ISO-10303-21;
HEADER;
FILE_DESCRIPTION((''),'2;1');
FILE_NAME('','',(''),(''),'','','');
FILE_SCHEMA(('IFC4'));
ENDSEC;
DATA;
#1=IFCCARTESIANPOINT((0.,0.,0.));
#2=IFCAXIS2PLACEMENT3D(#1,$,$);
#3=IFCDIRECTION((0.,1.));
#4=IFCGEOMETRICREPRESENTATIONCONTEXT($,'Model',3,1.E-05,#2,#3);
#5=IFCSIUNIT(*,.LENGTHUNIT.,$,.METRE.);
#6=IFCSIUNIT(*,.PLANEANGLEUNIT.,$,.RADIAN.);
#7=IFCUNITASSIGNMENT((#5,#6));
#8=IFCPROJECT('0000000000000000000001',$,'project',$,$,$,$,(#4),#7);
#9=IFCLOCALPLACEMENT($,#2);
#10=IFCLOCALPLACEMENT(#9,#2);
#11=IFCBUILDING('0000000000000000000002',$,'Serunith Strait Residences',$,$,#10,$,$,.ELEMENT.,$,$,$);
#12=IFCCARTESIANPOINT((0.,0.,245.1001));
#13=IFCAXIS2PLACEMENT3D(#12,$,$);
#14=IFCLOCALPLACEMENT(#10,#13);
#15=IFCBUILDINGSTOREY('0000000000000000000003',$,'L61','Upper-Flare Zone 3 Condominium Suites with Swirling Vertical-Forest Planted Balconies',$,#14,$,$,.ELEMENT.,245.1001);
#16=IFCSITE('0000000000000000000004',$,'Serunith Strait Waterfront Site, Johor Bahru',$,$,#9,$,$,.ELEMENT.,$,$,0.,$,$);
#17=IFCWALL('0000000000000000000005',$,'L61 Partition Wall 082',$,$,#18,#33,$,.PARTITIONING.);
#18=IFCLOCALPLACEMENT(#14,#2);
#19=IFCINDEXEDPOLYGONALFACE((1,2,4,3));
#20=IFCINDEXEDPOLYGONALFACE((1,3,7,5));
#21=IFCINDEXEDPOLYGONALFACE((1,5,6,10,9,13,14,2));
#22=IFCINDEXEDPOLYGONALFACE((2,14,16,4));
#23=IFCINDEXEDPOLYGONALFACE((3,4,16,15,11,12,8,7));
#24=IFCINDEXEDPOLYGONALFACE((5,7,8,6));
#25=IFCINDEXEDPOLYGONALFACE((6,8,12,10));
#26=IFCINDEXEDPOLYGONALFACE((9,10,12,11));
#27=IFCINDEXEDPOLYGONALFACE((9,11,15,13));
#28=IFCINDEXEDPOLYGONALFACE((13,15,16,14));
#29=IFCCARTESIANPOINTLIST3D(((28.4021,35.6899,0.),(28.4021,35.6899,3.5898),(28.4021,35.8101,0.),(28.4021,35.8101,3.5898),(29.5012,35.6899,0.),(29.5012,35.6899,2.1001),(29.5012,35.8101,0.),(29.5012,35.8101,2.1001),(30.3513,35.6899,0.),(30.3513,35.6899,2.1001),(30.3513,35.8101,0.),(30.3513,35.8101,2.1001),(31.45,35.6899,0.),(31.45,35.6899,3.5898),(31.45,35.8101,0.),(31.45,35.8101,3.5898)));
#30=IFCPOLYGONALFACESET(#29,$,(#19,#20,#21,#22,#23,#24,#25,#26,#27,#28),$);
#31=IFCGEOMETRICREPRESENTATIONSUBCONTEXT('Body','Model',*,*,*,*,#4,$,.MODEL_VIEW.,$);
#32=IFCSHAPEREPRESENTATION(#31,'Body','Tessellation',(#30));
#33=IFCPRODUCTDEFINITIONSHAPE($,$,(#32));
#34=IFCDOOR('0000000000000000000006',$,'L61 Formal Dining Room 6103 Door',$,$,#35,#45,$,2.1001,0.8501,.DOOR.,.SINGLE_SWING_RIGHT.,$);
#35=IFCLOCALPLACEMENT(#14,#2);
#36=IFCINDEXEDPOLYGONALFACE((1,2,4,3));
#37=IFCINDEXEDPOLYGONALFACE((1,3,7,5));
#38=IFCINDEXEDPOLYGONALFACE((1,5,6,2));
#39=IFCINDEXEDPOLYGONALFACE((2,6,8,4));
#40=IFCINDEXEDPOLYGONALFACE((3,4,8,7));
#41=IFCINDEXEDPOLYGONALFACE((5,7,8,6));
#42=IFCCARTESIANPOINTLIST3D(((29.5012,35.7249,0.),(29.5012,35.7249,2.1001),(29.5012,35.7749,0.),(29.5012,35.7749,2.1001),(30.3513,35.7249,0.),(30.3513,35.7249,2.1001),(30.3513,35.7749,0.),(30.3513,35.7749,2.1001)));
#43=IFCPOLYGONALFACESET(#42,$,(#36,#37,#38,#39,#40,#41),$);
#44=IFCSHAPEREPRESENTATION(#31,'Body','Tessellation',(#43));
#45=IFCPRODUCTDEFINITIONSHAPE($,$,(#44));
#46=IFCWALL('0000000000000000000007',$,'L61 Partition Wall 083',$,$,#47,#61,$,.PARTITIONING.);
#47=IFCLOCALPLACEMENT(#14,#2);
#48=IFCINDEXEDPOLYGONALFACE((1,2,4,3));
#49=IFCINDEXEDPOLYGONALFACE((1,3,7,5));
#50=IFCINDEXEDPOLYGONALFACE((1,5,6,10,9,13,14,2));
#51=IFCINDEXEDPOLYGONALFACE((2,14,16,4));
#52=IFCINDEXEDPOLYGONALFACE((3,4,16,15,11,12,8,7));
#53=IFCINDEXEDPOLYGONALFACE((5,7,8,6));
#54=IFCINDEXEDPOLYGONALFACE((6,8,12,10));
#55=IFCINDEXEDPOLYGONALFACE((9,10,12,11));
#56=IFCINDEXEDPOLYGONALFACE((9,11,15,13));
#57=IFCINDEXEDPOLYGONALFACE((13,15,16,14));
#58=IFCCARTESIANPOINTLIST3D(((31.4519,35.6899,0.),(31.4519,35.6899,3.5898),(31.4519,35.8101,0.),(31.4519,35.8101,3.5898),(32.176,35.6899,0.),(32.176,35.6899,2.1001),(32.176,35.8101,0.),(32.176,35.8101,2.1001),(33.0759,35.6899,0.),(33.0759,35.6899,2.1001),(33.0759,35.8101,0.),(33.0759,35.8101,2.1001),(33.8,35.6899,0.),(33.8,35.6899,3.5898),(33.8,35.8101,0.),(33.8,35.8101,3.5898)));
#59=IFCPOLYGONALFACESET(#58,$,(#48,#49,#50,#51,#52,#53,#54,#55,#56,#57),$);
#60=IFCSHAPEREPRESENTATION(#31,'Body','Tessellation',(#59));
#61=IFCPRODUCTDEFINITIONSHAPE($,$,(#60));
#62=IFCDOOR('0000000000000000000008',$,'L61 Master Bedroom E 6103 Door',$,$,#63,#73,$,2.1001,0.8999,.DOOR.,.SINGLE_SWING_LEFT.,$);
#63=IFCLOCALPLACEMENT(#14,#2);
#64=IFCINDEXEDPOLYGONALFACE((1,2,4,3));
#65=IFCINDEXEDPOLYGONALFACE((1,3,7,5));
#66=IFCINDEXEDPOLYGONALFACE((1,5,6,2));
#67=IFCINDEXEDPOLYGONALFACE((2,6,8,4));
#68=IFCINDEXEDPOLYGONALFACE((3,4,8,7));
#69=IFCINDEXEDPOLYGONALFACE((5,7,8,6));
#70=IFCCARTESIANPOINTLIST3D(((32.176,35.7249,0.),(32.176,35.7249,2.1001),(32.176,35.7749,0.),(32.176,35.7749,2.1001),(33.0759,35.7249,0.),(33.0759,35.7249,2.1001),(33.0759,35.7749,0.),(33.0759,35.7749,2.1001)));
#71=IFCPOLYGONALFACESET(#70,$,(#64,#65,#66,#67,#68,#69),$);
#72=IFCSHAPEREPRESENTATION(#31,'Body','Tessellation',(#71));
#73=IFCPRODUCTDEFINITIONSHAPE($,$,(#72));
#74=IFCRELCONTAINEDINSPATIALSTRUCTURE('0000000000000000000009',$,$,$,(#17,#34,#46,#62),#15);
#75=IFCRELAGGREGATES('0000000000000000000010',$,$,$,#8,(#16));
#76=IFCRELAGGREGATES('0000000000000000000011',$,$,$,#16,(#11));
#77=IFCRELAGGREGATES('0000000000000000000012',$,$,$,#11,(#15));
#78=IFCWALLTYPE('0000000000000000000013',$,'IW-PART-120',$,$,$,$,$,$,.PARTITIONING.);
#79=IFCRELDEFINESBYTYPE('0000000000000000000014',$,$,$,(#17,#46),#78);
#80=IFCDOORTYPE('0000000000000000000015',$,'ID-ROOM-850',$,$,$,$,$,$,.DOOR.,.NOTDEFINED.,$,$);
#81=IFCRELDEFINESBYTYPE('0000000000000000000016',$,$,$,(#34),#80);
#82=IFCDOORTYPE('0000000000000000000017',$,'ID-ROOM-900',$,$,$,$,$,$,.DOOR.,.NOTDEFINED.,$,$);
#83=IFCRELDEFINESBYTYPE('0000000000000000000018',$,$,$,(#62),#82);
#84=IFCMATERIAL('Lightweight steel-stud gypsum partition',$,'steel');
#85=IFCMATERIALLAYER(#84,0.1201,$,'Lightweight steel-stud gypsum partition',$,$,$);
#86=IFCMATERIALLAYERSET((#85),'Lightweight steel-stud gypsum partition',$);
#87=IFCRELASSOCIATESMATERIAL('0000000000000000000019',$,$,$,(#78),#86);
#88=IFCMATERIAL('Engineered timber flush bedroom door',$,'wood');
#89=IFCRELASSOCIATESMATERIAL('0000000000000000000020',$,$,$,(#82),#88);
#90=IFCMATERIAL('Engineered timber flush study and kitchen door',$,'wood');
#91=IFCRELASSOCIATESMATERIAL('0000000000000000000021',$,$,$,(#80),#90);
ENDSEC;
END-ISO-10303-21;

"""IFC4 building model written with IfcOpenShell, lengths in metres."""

from ifc_helpers import new_model, si_unit, direction, frame, frame_2d, origin, place, context, subcontext, project, spatial, rectangle, extrude, source, transform, mapped, material, layer, layer_set, type_object, element, fill, save


model = new_model("IFC4")

# Units and contexts
model_context = context("Model", 3, precision=1e-05, world=origin(), true_north=direction((0.0, 1.0)))
body_context = subcontext(model_context, "Body", "Model", "MODEL_VIEW")
ifc_project = project(units=[si_unit("LENGTHUNIT", "METRE"), si_unit("PLANEANGLEUNIT", "RADIAN")], contexts=[model_context])

# Site, building, storey
site_placement = place(None, origin())
site = spatial("IfcSite", under=ifc_project, at=site_placement, Name="Serunith Strait Waterfront Site, Johor Bahru", CompositionType="ELEMENT", RefElevation=0.0)
building_placement = place(site_placement, origin())
building = spatial("IfcBuilding", under=site, at=building_placement, Name="Serunith Strait Residences", CompositionType="ELEMENT")
storey_placement = place(building_placement, frame((0.0, 0.0, 245.1001)))
storey = spatial("IfcBuildingStorey", under=building, at=storey_placement, Name="L61", Description="Upper-Flare Zone 3 Condominium Suites with Swirling Vertical-Forest Planted Balconies", CompositionType="ELEMENT", Elevation=245.1001)

# Shared definitions
ifc_material_1 = material(Name="Lightweight steel-stud gypsum partition", Category="steel")
ifc_layer_1 = layer(ifc_material_1, 0.1201, Name="Lightweight steel-stud gypsum partition")
ifc_layer_set_1 = layer_set([ifc_layer_1], Name="Lightweight steel-stud gypsum partition")
wall_type = type_object("IfcWallType", Name="IW-PART-120", PredefinedType="PARTITIONING", material=ifc_layer_set_1)

# Shared definitions
ifc_material_2 = material(Name="Engineered timber flush bedroom door", Category="wood")
door_type_1 = type_object("IfcDoorType", Name="ID-ROOM-900", OperationType="NOTDEFINED", PredefinedType="DOOR", material=ifc_material_2)
shared_shape_1 = source(origin(), body_context, "Body", "SweptSolid", [
    extrude(rectangle(XDim=0.8999, YDim=2.1001, at=frame_2d((0.45, 1.05))), frame((0.0, 0.0249, 0.0), z_axis=(0.0, -1.0, 0.0), x_axis=(1.0, 0.0, 0.0)), (0.0, 0.0, 1.0), 0.05),
])

# Walls, openings, doors
ifc_material_3 = material(Name="Engineered timber flush study and kitchen door", Category="wood")
door_type_2 = type_object("IfcDoorType", Name="ID-ROOM-850", OperationType="NOTDEFINED", PredefinedType="DOOR", material=ifc_material_3)
shared_shape_2 = source(origin(), body_context, "Body", "SweptSolid", [
    extrude(rectangle(XDim=0.8501, YDim=2.1001, at=frame_2d((0.425, 1.05))), frame((0.0, 0.0249, 0.0), z_axis=(0.0, -1.0, 0.0), x_axis=(1.0, 0.0, 0.0)), (0.0, 0.0, 1.0), 0.05),
])
wall_1_placement = place(storey_placement, frame((28.4021, 35.75, 0.0), z_axis=(0.0, 0.0, 1.0), x_axis=(1.0, 0.0, 0.0)))
wall_1 = element("IfcWall", 1, at=wall_1_placement, inside=storey, type_object=wall_type, Name="L61 Partition Wall 082", PredefinedType="PARTITIONING", context=body_context, shape_type="SweptSolid", body=[
    extrude(rectangle(XDim=3.0479, YDim=0.1201, at=frame_2d((1.5239, 0.0))), origin(), (0.0, 0.0, 1.0), 3.5898),
])
opening_1_placement = place(wall_1_placement, frame((1.0991, 0.0, 0.0)))
opening_1 = element("IfcOpeningElement", 2, at=opening_1_placement, cuts=wall_1, PredefinedType="OPENING", context=body_context, shape_type="SweptSolid", body=[
    extrude(rectangle(XDim=0.8501, YDim=2.1001, at=frame_2d((0.425, 1.05))), frame((0.0, 0.0701, 0.0), z_axis=(0.0, -1.0, 0.0), x_axis=(1.0, 0.0, 0.0)), (0.0, 0.0, 1.0), 0.1401),
])
door_1_placement = place(opening_1_placement, origin())
door_1 = element("IfcDoor", 3, at=door_1_placement, inside=storey, type_object=door_type_2, Name="L61 Formal Dining Room 6103 Door", OperationType="SINGLE_SWING_RIGHT", OverallHeight=2.1001, OverallWidth=0.8501, PredefinedType="DOOR", context=body_context, shape_type="MappedRepresentation", body=[
    mapped(shared_shape_2, transform((0.0, 0.0, 0.0), scale=1.0)),
])
fill(opening_1, door_1)
wall_2_placement = place(storey_placement, frame((31.4519, 35.75, 0.0), z_axis=(0.0, 0.0, 1.0), x_axis=(1.0, 0.0, 0.0)))
wall_2 = element("IfcWall", 4, at=wall_2_placement, inside=storey, type_object=wall_type, Name="L61 Partition Wall 083", PredefinedType="PARTITIONING", context=body_context, shape_type="SweptSolid", body=[
    extrude(rectangle(XDim=2.3481, YDim=0.1201, at=frame_2d((1.1741, 0.0))), origin(), (0.0, 0.0, 1.0), 3.5898),
])
opening_2_placement = place(wall_2_placement, frame((0.7241, 0.0, 0.0)))
opening_2 = element("IfcOpeningElement", 5, at=opening_2_placement, cuts=wall_2, PredefinedType="OPENING", context=body_context, shape_type="SweptSolid", body=[
    extrude(rectangle(XDim=0.8999, YDim=2.1001, at=frame_2d((0.45, 1.05))), frame((0.0, 0.0701, 0.0), z_axis=(0.0, -1.0, 0.0), x_axis=(1.0, 0.0, 0.0)), (0.0, 0.0, 1.0), 0.1401),
])
door_2_placement = place(opening_2_placement, origin())
door_2 = element("IfcDoor", 6, at=door_2_placement, inside=storey, type_object=door_type_1, Name="L61 Master Bedroom E 6103 Door", OperationType="SINGLE_SWING_LEFT", OverallHeight=2.1001, OverallWidth=0.8999, PredefinedType="DOOR", context=body_context, shape_type="MappedRepresentation", body=[
    mapped(shared_shape_1, transform((0.0, 0.0, 0.0), scale=1.0)),
])
fill(opening_2, door_2)

save(model, "model.ifc")
